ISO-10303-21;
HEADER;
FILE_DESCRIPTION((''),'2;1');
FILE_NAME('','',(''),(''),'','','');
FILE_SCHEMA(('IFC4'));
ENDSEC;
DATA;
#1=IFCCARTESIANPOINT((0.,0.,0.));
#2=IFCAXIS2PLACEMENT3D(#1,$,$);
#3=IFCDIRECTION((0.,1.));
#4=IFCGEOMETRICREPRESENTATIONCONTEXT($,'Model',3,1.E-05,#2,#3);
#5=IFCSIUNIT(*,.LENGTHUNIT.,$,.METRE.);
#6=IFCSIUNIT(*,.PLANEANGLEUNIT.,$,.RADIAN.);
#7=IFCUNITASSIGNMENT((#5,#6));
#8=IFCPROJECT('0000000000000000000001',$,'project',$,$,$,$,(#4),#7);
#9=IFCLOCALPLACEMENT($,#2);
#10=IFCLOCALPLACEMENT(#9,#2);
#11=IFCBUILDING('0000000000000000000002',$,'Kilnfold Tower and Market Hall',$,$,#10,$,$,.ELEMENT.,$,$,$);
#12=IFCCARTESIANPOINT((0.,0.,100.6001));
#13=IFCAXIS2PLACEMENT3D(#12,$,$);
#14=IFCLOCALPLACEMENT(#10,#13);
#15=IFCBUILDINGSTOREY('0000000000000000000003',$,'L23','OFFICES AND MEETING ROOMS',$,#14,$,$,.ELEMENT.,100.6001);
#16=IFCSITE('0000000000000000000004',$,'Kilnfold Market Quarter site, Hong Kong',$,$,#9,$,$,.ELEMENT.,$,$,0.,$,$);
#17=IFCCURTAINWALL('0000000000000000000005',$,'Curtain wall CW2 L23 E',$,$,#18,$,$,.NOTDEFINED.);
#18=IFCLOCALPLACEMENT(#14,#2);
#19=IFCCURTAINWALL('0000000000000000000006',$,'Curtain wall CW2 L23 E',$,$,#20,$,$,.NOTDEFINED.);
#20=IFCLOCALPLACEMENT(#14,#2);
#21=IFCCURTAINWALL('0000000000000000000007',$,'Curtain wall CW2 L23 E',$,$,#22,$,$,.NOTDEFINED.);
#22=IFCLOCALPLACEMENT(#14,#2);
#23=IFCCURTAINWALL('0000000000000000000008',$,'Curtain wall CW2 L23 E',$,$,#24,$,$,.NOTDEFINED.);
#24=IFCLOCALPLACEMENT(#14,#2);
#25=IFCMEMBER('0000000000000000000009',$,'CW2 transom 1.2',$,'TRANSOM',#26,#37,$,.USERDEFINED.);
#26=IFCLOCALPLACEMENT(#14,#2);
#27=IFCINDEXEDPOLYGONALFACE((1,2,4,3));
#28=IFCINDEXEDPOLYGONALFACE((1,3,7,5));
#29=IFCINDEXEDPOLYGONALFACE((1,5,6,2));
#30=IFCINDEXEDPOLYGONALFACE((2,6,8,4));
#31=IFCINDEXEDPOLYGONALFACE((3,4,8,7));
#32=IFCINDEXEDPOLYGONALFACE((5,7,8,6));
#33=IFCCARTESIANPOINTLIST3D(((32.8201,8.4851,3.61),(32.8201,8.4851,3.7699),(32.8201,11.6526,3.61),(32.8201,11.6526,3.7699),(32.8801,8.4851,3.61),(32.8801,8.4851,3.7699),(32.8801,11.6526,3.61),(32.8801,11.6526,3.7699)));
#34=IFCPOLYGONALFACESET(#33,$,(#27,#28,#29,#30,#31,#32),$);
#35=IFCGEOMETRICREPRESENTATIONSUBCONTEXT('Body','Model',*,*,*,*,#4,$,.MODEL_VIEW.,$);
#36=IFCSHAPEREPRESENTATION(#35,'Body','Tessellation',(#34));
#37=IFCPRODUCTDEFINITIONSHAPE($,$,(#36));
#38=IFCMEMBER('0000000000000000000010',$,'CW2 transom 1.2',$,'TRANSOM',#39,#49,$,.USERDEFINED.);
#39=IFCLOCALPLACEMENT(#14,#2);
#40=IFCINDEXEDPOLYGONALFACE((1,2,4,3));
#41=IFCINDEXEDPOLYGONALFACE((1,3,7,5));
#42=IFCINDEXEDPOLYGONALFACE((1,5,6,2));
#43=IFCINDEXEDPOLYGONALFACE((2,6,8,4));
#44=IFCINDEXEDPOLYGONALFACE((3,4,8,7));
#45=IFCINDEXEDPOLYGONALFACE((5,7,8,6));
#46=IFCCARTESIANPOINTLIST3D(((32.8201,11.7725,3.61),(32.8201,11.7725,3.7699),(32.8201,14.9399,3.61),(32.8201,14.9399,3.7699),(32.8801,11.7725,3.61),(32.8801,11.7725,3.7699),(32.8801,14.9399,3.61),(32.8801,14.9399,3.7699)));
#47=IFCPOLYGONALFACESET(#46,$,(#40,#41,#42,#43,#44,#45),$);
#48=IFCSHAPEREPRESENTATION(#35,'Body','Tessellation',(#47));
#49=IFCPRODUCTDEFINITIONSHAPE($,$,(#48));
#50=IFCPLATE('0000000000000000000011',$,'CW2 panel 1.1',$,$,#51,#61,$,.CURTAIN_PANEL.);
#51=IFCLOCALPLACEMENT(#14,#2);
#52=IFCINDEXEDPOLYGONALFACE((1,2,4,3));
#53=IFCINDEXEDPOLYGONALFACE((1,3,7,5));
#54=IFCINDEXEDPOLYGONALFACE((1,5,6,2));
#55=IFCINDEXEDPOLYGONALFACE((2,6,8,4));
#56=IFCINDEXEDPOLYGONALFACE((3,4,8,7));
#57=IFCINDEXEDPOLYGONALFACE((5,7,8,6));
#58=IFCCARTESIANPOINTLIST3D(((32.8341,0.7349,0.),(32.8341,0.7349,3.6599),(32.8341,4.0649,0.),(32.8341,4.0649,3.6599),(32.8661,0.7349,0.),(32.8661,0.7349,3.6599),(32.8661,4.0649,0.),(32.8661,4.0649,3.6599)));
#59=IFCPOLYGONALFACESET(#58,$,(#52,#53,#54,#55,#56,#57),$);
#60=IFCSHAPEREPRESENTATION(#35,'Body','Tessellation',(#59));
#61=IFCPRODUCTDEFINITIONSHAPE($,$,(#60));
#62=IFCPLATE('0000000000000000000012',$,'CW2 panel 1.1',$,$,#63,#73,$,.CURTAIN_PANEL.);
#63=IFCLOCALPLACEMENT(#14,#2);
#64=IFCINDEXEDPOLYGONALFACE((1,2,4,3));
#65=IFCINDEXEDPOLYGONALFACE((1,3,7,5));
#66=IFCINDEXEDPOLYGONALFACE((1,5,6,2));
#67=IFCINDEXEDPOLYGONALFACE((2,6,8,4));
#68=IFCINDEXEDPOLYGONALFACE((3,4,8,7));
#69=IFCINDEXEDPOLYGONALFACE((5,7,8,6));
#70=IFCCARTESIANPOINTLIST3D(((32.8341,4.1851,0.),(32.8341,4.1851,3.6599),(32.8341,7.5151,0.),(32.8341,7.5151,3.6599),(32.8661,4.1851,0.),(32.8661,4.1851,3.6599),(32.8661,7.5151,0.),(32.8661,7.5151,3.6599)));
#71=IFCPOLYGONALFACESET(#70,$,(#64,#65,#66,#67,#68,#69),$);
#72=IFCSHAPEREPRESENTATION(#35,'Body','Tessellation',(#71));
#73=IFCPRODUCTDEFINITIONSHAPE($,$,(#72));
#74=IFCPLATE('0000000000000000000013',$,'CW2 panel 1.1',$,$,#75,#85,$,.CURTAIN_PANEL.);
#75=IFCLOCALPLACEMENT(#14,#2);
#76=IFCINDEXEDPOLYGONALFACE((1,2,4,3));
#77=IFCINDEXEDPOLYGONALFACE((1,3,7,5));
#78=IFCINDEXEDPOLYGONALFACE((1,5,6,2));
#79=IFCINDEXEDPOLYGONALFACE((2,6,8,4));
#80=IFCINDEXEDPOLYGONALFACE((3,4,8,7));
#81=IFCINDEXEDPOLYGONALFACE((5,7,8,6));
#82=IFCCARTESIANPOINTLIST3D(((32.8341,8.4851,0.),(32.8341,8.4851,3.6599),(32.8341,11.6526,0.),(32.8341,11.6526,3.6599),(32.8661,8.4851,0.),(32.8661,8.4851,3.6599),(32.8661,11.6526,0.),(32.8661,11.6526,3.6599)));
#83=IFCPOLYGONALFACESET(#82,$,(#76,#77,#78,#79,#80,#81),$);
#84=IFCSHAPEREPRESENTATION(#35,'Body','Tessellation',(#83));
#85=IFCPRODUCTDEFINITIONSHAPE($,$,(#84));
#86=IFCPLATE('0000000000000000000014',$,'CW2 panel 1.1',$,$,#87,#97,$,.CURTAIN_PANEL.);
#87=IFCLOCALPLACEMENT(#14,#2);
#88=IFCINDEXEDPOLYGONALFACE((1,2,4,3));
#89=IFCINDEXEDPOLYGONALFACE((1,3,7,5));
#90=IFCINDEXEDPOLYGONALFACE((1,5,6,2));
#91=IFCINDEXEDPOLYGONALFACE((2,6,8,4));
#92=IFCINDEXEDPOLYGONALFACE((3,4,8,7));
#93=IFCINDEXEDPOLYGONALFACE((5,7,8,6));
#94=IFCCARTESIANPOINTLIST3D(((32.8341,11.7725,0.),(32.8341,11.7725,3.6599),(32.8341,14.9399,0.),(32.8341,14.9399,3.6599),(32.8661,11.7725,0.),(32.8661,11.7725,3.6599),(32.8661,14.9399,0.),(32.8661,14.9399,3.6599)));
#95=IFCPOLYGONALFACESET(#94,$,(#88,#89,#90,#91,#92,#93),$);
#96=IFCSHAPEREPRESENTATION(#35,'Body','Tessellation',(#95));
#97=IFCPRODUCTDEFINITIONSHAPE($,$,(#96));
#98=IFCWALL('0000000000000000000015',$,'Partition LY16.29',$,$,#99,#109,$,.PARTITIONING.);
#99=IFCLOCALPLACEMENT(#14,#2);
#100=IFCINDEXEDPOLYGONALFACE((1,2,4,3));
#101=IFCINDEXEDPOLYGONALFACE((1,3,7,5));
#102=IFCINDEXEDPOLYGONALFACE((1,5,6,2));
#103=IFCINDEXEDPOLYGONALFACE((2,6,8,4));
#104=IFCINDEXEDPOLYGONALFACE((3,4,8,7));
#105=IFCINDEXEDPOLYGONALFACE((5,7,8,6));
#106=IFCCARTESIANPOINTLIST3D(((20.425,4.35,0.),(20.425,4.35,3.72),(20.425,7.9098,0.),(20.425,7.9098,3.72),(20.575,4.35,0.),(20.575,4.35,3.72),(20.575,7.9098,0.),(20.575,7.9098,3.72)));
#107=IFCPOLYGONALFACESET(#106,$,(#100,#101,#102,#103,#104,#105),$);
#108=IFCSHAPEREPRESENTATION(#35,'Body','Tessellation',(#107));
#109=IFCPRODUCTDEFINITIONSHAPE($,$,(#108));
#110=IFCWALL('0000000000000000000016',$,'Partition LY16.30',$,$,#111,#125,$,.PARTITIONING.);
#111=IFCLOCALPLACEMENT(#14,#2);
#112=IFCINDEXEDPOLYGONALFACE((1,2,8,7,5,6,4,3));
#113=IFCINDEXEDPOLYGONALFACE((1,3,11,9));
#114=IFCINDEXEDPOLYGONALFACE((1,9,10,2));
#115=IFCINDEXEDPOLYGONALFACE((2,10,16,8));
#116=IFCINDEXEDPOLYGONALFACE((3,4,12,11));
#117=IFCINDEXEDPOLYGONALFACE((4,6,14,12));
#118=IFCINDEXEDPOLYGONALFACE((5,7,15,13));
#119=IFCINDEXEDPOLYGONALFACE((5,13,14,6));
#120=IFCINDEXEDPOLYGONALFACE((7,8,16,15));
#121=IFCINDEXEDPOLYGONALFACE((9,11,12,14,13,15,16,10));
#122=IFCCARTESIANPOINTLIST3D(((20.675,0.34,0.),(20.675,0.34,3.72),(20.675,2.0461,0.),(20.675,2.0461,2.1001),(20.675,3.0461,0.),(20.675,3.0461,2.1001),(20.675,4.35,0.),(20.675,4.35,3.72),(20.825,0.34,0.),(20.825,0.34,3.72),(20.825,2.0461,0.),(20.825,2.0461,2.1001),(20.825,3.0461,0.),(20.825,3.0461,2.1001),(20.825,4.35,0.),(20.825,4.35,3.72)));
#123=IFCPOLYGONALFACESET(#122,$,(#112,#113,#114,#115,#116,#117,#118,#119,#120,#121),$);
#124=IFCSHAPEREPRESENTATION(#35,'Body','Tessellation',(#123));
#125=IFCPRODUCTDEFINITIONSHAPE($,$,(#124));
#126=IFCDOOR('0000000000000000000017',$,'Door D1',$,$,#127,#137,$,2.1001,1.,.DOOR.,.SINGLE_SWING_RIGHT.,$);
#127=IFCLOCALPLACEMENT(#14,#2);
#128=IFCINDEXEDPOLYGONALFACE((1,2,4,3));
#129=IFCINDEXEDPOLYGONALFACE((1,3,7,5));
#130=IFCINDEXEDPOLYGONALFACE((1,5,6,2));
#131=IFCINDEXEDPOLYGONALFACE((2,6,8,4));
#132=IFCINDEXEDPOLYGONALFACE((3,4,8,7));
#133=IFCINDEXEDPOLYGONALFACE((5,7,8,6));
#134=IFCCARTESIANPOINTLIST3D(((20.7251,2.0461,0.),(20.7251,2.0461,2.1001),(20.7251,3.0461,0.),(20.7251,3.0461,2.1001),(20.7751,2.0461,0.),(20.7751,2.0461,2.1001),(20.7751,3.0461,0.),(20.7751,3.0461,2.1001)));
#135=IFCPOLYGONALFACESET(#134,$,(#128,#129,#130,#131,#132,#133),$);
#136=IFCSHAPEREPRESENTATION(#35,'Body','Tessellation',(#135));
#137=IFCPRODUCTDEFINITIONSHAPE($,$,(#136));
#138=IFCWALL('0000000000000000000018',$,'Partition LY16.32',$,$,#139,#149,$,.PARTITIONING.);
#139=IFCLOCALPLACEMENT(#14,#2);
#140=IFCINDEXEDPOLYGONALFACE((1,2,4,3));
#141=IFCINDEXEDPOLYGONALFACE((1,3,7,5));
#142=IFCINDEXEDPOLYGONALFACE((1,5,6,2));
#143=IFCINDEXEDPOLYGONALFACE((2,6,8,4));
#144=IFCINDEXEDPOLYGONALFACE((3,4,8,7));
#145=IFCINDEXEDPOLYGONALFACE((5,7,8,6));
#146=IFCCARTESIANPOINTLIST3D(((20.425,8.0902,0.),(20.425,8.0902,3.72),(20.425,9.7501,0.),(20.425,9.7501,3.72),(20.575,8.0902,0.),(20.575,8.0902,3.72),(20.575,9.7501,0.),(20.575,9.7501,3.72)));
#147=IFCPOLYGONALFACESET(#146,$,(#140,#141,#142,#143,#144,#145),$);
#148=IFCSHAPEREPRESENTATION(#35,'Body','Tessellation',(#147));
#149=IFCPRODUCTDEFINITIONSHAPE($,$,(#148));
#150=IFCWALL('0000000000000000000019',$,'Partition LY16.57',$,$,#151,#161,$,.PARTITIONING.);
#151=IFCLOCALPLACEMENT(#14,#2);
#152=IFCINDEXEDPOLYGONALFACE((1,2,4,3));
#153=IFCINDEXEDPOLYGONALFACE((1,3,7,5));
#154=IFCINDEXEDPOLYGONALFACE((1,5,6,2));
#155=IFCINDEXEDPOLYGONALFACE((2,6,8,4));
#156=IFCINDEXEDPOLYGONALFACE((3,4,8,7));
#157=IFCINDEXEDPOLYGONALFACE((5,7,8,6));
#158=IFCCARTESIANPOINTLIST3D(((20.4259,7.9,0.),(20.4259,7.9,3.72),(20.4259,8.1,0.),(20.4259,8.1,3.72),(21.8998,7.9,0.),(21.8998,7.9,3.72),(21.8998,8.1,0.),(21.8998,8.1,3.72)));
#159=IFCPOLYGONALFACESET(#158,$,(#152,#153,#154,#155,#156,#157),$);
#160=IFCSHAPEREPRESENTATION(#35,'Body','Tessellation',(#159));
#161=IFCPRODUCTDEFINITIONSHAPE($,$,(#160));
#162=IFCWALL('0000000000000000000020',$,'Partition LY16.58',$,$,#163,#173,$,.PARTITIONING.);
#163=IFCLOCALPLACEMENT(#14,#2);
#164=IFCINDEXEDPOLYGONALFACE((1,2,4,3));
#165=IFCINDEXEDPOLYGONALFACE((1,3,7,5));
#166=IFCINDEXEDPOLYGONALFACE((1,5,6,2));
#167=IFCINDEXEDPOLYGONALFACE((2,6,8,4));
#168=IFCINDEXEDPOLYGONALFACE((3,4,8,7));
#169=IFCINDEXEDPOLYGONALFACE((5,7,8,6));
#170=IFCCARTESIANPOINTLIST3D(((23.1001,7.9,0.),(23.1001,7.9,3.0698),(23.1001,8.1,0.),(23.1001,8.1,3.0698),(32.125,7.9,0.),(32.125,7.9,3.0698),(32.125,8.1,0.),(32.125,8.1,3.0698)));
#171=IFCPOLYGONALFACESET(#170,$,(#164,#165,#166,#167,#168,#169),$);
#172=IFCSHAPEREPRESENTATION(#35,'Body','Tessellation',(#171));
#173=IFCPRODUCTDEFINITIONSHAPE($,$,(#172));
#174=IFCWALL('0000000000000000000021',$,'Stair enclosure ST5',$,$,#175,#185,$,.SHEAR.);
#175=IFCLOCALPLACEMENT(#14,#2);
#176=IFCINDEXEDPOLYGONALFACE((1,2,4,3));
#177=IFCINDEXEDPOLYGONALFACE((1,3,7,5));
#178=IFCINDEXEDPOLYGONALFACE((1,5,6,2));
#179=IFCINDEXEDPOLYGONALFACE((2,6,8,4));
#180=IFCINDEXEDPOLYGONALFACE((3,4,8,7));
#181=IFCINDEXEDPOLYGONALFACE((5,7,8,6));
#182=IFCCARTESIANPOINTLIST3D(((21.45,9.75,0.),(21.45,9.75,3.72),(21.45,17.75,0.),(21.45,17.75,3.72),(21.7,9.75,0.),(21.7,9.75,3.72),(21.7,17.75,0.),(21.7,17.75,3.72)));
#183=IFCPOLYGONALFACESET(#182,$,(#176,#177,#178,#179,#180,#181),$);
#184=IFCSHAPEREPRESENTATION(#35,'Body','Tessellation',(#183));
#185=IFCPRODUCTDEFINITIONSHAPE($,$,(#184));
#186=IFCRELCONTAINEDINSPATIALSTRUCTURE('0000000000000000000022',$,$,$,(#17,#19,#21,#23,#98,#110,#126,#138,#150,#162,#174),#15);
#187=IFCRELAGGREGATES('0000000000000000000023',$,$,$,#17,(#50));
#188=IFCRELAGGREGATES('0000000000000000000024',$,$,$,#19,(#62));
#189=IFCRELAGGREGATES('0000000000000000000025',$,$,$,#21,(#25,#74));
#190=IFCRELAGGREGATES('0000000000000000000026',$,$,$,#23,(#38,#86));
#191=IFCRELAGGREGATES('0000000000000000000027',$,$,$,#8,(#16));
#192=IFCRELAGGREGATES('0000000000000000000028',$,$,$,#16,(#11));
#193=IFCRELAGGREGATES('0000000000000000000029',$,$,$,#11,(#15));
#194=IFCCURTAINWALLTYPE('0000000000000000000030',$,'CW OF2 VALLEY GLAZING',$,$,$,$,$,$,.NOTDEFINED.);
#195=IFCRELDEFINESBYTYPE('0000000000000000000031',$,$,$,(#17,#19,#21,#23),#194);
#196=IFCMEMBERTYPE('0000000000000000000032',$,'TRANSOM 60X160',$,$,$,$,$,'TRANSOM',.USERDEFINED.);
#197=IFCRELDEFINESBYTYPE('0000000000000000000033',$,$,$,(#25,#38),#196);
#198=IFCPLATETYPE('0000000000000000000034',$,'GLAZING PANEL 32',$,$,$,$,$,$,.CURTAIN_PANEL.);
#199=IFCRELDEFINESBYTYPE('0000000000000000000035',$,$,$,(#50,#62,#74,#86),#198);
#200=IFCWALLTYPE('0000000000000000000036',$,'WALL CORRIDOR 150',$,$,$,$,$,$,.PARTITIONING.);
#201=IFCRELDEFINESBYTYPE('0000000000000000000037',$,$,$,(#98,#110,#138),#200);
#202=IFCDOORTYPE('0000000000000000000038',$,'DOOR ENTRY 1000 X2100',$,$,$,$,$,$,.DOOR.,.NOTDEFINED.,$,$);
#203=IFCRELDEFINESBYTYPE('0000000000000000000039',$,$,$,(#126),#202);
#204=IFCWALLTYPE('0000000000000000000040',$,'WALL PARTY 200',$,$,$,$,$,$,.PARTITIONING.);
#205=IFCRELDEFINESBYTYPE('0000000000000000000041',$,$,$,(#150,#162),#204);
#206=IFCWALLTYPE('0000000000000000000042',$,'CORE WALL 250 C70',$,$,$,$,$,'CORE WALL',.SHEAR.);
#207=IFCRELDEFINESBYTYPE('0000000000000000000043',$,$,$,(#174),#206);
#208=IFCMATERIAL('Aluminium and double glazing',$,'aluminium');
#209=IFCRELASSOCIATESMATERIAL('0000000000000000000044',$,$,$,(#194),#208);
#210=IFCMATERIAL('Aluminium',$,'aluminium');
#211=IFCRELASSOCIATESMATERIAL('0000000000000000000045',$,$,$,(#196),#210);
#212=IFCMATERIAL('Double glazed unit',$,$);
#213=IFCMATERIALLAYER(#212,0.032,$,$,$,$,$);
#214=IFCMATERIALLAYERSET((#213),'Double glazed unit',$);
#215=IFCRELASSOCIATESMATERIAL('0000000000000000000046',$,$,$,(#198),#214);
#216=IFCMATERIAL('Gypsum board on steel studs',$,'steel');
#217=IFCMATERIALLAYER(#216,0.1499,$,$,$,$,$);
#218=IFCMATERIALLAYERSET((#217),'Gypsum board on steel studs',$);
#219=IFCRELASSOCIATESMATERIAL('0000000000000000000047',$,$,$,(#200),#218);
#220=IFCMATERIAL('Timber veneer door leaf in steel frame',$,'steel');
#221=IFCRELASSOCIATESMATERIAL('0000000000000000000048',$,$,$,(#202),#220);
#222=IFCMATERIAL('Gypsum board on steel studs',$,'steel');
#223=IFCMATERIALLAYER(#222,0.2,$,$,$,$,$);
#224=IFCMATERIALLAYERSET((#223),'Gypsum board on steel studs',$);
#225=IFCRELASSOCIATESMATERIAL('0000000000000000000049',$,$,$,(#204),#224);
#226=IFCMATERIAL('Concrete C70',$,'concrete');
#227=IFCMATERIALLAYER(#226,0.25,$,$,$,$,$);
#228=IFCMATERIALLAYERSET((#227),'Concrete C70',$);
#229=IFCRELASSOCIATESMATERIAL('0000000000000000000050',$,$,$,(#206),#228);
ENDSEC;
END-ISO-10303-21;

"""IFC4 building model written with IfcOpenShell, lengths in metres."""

from ifc_helpers import new_model, si_unit, direction, frame, frame_2d, origin, origin_2d, place, context, subcontext, project, spatial, rectangle, extrude, source, transform, mapped, material, layer, layer_set, material_profile, profile_set, type_object, element, fill, aggregate, save


model = new_model("IFC4")

# Units and contexts
model_context = context("Model", 3, precision=1e-05, world=origin(), true_north=direction((0.0, 1.0)))
body_context = subcontext(model_context, "Body", "Model", "MODEL_VIEW")
ifc_project = project(units=[si_unit("LENGTHUNIT", "METRE"), si_unit("PLANEANGLEUNIT", "RADIAN")], contexts=[model_context])

# Site, building, storey
site_placement = place(None, origin())
site = spatial("IfcSite", under=ifc_project, at=site_placement, Name="Kilnfold Market Quarter site, Hong Kong", CompositionType="ELEMENT", RefElevation=0.0)
building_placement = place(site_placement, origin())
building = spatial("IfcBuilding", under=site, at=building_placement, Name="Kilnfold Tower and Market Hall", CompositionType="ELEMENT")
storey_placement = place(building_placement, frame((0.0, 0.0, 100.6001)))
storey = spatial("IfcBuildingStorey", under=building, at=storey_placement, Name="L23", Description="OFFICES AND MEETING ROOMS", CompositionType="ELEMENT", Elevation=100.6001)

# Curtain walls
ifc_material_1 = material(Name="Aluminium and double glazing", Category="aluminium")
curtain_wall_type = type_object("IfcCurtainWallType", Name="CW OF2 VALLEY GLAZING", PredefinedType="NOTDEFINED", material=ifc_material_1)
curtain_wall_1_placement = place(storey_placement, origin())
curtain_wall_1 = element("IfcCurtainWall", 1, at=curtain_wall_1_placement, inside=storey, type_object=curtain_wall_type, Name="Curtain wall CW2 L23 E", PredefinedType="NOTDEFINED")
curtain_wall_2_placement = place(storey_placement, origin())
curtain_wall_2 = element("IfcCurtainWall", 2, at=curtain_wall_2_placement, inside=storey, type_object=curtain_wall_type, Name="Curtain wall CW2 L23 E", PredefinedType="NOTDEFINED")
curtain_wall_3_placement = place(storey_placement, origin())
curtain_wall_3 = element("IfcCurtainWall", 3, at=curtain_wall_3_placement, inside=storey, type_object=curtain_wall_type, Name="Curtain wall CW2 L23 E", PredefinedType="NOTDEFINED")

# Curtain wall
curtain_wall_4_placement = place(storey_placement, origin())
curtain_wall_4 = element("IfcCurtainWall", 4, at=curtain_wall_4_placement, inside=storey, type_object=curtain_wall_type, Name="Curtain wall CW2 L23 E", PredefinedType="NOTDEFINED")

# Members
ifc_material_2 = material(Name="Aluminium", Category="aluminium")
ifc_material_profile_1 = material_profile(ifc_material_2, rectangle(XDim=0.0601, YDim=0.1599, at=origin_2d()), Name="TRANSOM 60x160")
ifc_profile_set_1 = profile_set([ifc_material_profile_1], Name="Aluminium")
member_type_1 = type_object("IfcMemberType", Name="TRANSOM 60X160", ElementType="TRANSOM", PredefinedType="USERDEFINED", material=ifc_profile_set_1)
shared_shape_1 = source(origin(), body_context, "Body", "SweptSolid", [
    extrude(rectangle(XDim=0.0601, YDim=0.1599, at=origin_2d()), origin(), (0.0, 0.0, 1.0), 3.1675),
])
member_1_placement = place(storey_placement, frame((32.8501, 8.4851, 3.6899), z_axis=(0.0, 1.0, 0.0), x_axis=(-1.0, 0.0, 0.0)))
member_1 = element("IfcMember", 5, at=member_1_placement, type_object=member_type_1, Name="CW2 transom 1.2", ObjectType="TRANSOM", PredefinedType="USERDEFINED", context=body_context, shape_type="MappedRepresentation", body=[
    mapped(shared_shape_1, transform((0.0, 0.0, 0.0))),
])
member_2_placement = place(storey_placement, frame((32.8501, 11.7725, 3.6899), z_axis=(0.0, 1.0, 0.0), x_axis=(-1.0, 0.0, 0.0)))
member_2 = element("IfcMember", 6, at=member_2_placement, type_object=member_type_1, Name="CW2 transom 1.2", ObjectType="TRANSOM", PredefinedType="USERDEFINED", context=body_context, shape_type="MappedRepresentation", body=[
    mapped(shared_shape_1, transform((0.0, 0.0, 0.0))),
])

# Plates
ifc_material_3 = material(Name="Double glazed unit")
ifc_layer_1 = layer(ifc_material_3, 0.032)
ifc_layer_set_1 = layer_set([ifc_layer_1], Name="Double glazed unit")
plate_type = type_object("IfcPlateType", Name="GLAZING PANEL 32", PredefinedType="CURTAIN_PANEL", material=ifc_layer_set_1)
shared_shape_2 = source(origin(), body_context, "Body", "SweptSolid", [
    extrude(rectangle(XDim=3.3301, YDim=0.032, at=origin_2d()), origin(), (0.0, 0.0, 1.0), 3.6599),
])
plate_1_placement = place(storey_placement, frame((32.8501, 2.3999, 0.0), z_axis=(0.0, 0.0, 1.0), x_axis=(0.0, 1.0, 0.0)))
plate_1 = element("IfcPlate", 7, at=plate_1_placement, type_object=plate_type, Name="CW2 panel 1.1", PredefinedType="CURTAIN_PANEL", context=body_context, shape_type="MappedRepresentation", body=[
    mapped(shared_shape_2, transform((0.0, 0.0, 0.0))),
])
aggregate(curtain_wall_1, [plate_1])
plate_2_placement = place(storey_placement, frame((32.8501, 5.8501, 0.0), z_axis=(0.0, 0.0, 1.0), x_axis=(0.0, 1.0, 0.0)))
plate_2 = element("IfcPlate", 8, at=plate_2_placement, type_object=plate_type, Name="CW2 panel 1.1", PredefinedType="CURTAIN_PANEL", context=body_context, shape_type="MappedRepresentation", body=[
    mapped(shared_shape_2, transform((0.0, 0.0, 0.0))),
])
aggregate(curtain_wall_2, [plate_2])
shared_shape_3 = source(origin(), body_context, "Body", "SweptSolid", [
    extrude(rectangle(XDim=3.1675, YDim=0.032, at=origin_2d()), origin(), (0.0, 0.0, 1.0), 3.6599),
])
plate_3_placement = place(storey_placement, frame((32.8501, 10.0688, 0.0), z_axis=(0.0, 0.0, 1.0), x_axis=(0.0, 1.0, 0.0)))
plate_3 = element("IfcPlate", 9, at=plate_3_placement, type_object=plate_type, Name="CW2 panel 1.1", PredefinedType="CURTAIN_PANEL", context=body_context, shape_type="MappedRepresentation", body=[
    mapped(shared_shape_3, transform((0.0, 0.0, 0.0))),
])
aggregate(curtain_wall_3, [member_1, plate_3])
plate_4_placement = place(storey_placement, frame((32.8501, 13.3562, 0.0), z_axis=(0.0, 0.0, 1.0), x_axis=(0.0, 1.0, 0.0)))
plate_4 = element("IfcPlate", 10, at=plate_4_placement, type_object=plate_type, Name="CW2 panel 1.1", PredefinedType="CURTAIN_PANEL", context=body_context, shape_type="MappedRepresentation", body=[
    mapped(shared_shape_3, transform((0.0, 0.0, 0.0))),
])
aggregate(curtain_wall_4, [member_2, plate_4])

# Wall
ifc_material_4 = material(Name="Gypsum board on steel studs", Category="steel")
ifc_layer_2 = layer(ifc_material_4, 0.1499)
ifc_layer_set_2 = layer_set([ifc_layer_2], Name="Gypsum board on steel studs")
wall_type_1 = type_object("IfcWallType", Name="WALL CORRIDOR 150", PredefinedType="PARTITIONING", material=ifc_layer_set_2)
wall_1_placement = place(storey_placement, frame((20.5, 4.3501, 0.0), z_axis=(0.0, 0.0, 1.0), x_axis=(0.0, 1.0, 0.0)))
element("IfcWall", 11, at=wall_1_placement, inside=storey, type_object=wall_type_1, Name="Partition LY16.29", PredefinedType="PARTITIONING", context=body_context, shape_type="SweptSolid", body=[
    extrude(rectangle(XDim=3.5598, YDim=0.1499, at=frame_2d((1.7798, 0.0))), origin(), (0.0, 0.0, 1.0), 3.72),
])

# Wall, opening, door
wall_2_placement = place(storey_placement, frame((20.75, 0.3401, 0.0), z_axis=(0.0, 0.0, 1.0), x_axis=(0.0, 1.0, 0.0)))
wall_2 = element("IfcWall", 12, at=wall_2_placement, inside=storey, type_object=wall_type_1, Name="Partition LY16.30", PredefinedType="PARTITIONING", context=body_context, shape_type="SweptSolid", body=[
    extrude(rectangle(XDim=4.01, YDim=0.1499, at=frame_2d((2.0049, 0.0))), origin(), (0.0, 0.0, 1.0), 3.72),
])
opening_placement = place(wall_2_placement, frame((1.7061, 0.0, 0.0)))
opening = element("IfcOpeningElement", 13, at=opening_placement, cuts=wall_2, PredefinedType="OPENING", context=body_context, shape_type="SweptSolid", body=[
    extrude(rectangle(XDim=1.0, YDim=2.1001, at=frame_2d((0.5, 1.05))), frame((0.0, 0.085, 0.0), z_axis=(0.0, -1.0, 0.0), x_axis=(1.0, 0.0, 0.0)), (0.0, 0.0, 1.0), 0.1699),
])
ifc_material_5 = material(Name="Timber veneer door leaf in steel frame", Category="steel")
door_type = type_object("IfcDoorType", Name="DOOR ENTRY 1000 X2100", OperationType="NOTDEFINED", PredefinedType="DOOR", material=ifc_material_5)
door_placement = place(opening_placement, origin())
door = element("IfcDoor", 14, at=door_placement, inside=storey, type_object=door_type, Name="Door D1", OperationType="SINGLE_SWING_RIGHT", OverallHeight=2.1001, OverallWidth=1.0, PredefinedType="DOOR", context=body_context, shape_type="SweptSolid", body=[
    extrude(rectangle(XDim=1.0, YDim=2.1001, at=frame_2d((0.5, 1.05))), frame((0.0, 0.0249, 0.0), z_axis=(0.0, -1.0, 0.0), x_axis=(1.0, 0.0, 0.0)), (0.0, 0.0, 1.0), 0.05),
])
fill(opening, door)

# Walls
wall_3_placement = place(storey_placement, frame((20.5, 8.0901, 0.0), z_axis=(0.0, 0.0, 1.0), x_axis=(0.0, 1.0, 0.0)))
element("IfcWall", 15, at=wall_3_placement, inside=storey, type_object=wall_type_1, Name="Partition LY16.32", PredefinedType="PARTITIONING", context=body_context, shape_type="SweptSolid", body=[
    extrude(rectangle(XDim=1.6599, YDim=0.1499, at=frame_2d((0.8301, 0.0))), origin(), (0.0, 0.0, 1.0), 3.72),
])
ifc_material_6 = material(Name="Gypsum board on steel studs", Category="steel")
ifc_layer_3 = layer(ifc_material_6, 0.2)
ifc_layer_set_3 = layer_set([ifc_layer_3], Name="Gypsum board on steel studs")
wall_type_2 = type_object("IfcWallType", Name="WALL PARTY 200", PredefinedType="PARTITIONING", material=ifc_layer_set_3)
wall_4_placement = place(storey_placement, frame((20.426, 8.0, 0.0), z_axis=(0.0, 0.0, 1.0), x_axis=(1.0, 0.0, 0.0)))
element("IfcWall", 16, at=wall_4_placement, inside=storey, type_object=wall_type_2, Name="Partition LY16.57", PredefinedType="PARTITIONING", context=body_context, shape_type="SweptSolid", body=[
    extrude(rectangle(XDim=1.4739, YDim=0.2, at=frame_2d((0.7368, 0.0))), origin(), (0.0, 0.0, 1.0), 3.72),
])
wall_5_placement = place(storey_placement, frame((23.1001, 8.0, 0.0), z_axis=(0.0, 0.0, 1.0), x_axis=(1.0, 0.0, 0.0)))
element("IfcWall", 17, at=wall_5_placement, inside=storey, type_object=wall_type_2, Name="Partition LY16.58", PredefinedType="PARTITIONING", context=body_context, shape_type="SweptSolid", body=[
    extrude(rectangle(XDim=9.0249, YDim=0.2, at=frame_2d((4.5125, 0.0))), origin(), (0.0, 0.0, 1.0), 3.0698),
])
ifc_material_7 = material(Name="Concrete C70", Category="concrete")
ifc_layer_4 = layer(ifc_material_7, 0.25)
ifc_layer_set_4 = layer_set([ifc_layer_4], Name="Concrete C70")
wall_type_3 = type_object("IfcWallType", Name="CORE WALL 250 C70", ElementType="CORE WALL", PredefinedType="SHEAR", material=ifc_layer_set_4)
shared_shape_4 = source(origin(), body_context, "Body", "SweptSolid", [
    extrude(rectangle(XDim=8.0, YDim=0.25, at=frame_2d((4.0, 0.0))), origin(), (0.0, 0.0, 1.0), 3.72),
])
wall_6_placement = place(storey_placement, frame((21.575, 9.75, 0.0), z_axis=(0.0, 0.0, 1.0), x_axis=(0.0, 1.0, 0.0)))
element("IfcWall", 18, at=wall_6_placement, inside=storey, type_object=wall_type_3, Name="Stair enclosure ST5", PredefinedType="SHEAR", context=body_context, shape_type="MappedRepresentation", body=[
    mapped(shared_shape_4, transform((0.0, 0.0, 0.0))),
])

save(model, "model.ifc")
